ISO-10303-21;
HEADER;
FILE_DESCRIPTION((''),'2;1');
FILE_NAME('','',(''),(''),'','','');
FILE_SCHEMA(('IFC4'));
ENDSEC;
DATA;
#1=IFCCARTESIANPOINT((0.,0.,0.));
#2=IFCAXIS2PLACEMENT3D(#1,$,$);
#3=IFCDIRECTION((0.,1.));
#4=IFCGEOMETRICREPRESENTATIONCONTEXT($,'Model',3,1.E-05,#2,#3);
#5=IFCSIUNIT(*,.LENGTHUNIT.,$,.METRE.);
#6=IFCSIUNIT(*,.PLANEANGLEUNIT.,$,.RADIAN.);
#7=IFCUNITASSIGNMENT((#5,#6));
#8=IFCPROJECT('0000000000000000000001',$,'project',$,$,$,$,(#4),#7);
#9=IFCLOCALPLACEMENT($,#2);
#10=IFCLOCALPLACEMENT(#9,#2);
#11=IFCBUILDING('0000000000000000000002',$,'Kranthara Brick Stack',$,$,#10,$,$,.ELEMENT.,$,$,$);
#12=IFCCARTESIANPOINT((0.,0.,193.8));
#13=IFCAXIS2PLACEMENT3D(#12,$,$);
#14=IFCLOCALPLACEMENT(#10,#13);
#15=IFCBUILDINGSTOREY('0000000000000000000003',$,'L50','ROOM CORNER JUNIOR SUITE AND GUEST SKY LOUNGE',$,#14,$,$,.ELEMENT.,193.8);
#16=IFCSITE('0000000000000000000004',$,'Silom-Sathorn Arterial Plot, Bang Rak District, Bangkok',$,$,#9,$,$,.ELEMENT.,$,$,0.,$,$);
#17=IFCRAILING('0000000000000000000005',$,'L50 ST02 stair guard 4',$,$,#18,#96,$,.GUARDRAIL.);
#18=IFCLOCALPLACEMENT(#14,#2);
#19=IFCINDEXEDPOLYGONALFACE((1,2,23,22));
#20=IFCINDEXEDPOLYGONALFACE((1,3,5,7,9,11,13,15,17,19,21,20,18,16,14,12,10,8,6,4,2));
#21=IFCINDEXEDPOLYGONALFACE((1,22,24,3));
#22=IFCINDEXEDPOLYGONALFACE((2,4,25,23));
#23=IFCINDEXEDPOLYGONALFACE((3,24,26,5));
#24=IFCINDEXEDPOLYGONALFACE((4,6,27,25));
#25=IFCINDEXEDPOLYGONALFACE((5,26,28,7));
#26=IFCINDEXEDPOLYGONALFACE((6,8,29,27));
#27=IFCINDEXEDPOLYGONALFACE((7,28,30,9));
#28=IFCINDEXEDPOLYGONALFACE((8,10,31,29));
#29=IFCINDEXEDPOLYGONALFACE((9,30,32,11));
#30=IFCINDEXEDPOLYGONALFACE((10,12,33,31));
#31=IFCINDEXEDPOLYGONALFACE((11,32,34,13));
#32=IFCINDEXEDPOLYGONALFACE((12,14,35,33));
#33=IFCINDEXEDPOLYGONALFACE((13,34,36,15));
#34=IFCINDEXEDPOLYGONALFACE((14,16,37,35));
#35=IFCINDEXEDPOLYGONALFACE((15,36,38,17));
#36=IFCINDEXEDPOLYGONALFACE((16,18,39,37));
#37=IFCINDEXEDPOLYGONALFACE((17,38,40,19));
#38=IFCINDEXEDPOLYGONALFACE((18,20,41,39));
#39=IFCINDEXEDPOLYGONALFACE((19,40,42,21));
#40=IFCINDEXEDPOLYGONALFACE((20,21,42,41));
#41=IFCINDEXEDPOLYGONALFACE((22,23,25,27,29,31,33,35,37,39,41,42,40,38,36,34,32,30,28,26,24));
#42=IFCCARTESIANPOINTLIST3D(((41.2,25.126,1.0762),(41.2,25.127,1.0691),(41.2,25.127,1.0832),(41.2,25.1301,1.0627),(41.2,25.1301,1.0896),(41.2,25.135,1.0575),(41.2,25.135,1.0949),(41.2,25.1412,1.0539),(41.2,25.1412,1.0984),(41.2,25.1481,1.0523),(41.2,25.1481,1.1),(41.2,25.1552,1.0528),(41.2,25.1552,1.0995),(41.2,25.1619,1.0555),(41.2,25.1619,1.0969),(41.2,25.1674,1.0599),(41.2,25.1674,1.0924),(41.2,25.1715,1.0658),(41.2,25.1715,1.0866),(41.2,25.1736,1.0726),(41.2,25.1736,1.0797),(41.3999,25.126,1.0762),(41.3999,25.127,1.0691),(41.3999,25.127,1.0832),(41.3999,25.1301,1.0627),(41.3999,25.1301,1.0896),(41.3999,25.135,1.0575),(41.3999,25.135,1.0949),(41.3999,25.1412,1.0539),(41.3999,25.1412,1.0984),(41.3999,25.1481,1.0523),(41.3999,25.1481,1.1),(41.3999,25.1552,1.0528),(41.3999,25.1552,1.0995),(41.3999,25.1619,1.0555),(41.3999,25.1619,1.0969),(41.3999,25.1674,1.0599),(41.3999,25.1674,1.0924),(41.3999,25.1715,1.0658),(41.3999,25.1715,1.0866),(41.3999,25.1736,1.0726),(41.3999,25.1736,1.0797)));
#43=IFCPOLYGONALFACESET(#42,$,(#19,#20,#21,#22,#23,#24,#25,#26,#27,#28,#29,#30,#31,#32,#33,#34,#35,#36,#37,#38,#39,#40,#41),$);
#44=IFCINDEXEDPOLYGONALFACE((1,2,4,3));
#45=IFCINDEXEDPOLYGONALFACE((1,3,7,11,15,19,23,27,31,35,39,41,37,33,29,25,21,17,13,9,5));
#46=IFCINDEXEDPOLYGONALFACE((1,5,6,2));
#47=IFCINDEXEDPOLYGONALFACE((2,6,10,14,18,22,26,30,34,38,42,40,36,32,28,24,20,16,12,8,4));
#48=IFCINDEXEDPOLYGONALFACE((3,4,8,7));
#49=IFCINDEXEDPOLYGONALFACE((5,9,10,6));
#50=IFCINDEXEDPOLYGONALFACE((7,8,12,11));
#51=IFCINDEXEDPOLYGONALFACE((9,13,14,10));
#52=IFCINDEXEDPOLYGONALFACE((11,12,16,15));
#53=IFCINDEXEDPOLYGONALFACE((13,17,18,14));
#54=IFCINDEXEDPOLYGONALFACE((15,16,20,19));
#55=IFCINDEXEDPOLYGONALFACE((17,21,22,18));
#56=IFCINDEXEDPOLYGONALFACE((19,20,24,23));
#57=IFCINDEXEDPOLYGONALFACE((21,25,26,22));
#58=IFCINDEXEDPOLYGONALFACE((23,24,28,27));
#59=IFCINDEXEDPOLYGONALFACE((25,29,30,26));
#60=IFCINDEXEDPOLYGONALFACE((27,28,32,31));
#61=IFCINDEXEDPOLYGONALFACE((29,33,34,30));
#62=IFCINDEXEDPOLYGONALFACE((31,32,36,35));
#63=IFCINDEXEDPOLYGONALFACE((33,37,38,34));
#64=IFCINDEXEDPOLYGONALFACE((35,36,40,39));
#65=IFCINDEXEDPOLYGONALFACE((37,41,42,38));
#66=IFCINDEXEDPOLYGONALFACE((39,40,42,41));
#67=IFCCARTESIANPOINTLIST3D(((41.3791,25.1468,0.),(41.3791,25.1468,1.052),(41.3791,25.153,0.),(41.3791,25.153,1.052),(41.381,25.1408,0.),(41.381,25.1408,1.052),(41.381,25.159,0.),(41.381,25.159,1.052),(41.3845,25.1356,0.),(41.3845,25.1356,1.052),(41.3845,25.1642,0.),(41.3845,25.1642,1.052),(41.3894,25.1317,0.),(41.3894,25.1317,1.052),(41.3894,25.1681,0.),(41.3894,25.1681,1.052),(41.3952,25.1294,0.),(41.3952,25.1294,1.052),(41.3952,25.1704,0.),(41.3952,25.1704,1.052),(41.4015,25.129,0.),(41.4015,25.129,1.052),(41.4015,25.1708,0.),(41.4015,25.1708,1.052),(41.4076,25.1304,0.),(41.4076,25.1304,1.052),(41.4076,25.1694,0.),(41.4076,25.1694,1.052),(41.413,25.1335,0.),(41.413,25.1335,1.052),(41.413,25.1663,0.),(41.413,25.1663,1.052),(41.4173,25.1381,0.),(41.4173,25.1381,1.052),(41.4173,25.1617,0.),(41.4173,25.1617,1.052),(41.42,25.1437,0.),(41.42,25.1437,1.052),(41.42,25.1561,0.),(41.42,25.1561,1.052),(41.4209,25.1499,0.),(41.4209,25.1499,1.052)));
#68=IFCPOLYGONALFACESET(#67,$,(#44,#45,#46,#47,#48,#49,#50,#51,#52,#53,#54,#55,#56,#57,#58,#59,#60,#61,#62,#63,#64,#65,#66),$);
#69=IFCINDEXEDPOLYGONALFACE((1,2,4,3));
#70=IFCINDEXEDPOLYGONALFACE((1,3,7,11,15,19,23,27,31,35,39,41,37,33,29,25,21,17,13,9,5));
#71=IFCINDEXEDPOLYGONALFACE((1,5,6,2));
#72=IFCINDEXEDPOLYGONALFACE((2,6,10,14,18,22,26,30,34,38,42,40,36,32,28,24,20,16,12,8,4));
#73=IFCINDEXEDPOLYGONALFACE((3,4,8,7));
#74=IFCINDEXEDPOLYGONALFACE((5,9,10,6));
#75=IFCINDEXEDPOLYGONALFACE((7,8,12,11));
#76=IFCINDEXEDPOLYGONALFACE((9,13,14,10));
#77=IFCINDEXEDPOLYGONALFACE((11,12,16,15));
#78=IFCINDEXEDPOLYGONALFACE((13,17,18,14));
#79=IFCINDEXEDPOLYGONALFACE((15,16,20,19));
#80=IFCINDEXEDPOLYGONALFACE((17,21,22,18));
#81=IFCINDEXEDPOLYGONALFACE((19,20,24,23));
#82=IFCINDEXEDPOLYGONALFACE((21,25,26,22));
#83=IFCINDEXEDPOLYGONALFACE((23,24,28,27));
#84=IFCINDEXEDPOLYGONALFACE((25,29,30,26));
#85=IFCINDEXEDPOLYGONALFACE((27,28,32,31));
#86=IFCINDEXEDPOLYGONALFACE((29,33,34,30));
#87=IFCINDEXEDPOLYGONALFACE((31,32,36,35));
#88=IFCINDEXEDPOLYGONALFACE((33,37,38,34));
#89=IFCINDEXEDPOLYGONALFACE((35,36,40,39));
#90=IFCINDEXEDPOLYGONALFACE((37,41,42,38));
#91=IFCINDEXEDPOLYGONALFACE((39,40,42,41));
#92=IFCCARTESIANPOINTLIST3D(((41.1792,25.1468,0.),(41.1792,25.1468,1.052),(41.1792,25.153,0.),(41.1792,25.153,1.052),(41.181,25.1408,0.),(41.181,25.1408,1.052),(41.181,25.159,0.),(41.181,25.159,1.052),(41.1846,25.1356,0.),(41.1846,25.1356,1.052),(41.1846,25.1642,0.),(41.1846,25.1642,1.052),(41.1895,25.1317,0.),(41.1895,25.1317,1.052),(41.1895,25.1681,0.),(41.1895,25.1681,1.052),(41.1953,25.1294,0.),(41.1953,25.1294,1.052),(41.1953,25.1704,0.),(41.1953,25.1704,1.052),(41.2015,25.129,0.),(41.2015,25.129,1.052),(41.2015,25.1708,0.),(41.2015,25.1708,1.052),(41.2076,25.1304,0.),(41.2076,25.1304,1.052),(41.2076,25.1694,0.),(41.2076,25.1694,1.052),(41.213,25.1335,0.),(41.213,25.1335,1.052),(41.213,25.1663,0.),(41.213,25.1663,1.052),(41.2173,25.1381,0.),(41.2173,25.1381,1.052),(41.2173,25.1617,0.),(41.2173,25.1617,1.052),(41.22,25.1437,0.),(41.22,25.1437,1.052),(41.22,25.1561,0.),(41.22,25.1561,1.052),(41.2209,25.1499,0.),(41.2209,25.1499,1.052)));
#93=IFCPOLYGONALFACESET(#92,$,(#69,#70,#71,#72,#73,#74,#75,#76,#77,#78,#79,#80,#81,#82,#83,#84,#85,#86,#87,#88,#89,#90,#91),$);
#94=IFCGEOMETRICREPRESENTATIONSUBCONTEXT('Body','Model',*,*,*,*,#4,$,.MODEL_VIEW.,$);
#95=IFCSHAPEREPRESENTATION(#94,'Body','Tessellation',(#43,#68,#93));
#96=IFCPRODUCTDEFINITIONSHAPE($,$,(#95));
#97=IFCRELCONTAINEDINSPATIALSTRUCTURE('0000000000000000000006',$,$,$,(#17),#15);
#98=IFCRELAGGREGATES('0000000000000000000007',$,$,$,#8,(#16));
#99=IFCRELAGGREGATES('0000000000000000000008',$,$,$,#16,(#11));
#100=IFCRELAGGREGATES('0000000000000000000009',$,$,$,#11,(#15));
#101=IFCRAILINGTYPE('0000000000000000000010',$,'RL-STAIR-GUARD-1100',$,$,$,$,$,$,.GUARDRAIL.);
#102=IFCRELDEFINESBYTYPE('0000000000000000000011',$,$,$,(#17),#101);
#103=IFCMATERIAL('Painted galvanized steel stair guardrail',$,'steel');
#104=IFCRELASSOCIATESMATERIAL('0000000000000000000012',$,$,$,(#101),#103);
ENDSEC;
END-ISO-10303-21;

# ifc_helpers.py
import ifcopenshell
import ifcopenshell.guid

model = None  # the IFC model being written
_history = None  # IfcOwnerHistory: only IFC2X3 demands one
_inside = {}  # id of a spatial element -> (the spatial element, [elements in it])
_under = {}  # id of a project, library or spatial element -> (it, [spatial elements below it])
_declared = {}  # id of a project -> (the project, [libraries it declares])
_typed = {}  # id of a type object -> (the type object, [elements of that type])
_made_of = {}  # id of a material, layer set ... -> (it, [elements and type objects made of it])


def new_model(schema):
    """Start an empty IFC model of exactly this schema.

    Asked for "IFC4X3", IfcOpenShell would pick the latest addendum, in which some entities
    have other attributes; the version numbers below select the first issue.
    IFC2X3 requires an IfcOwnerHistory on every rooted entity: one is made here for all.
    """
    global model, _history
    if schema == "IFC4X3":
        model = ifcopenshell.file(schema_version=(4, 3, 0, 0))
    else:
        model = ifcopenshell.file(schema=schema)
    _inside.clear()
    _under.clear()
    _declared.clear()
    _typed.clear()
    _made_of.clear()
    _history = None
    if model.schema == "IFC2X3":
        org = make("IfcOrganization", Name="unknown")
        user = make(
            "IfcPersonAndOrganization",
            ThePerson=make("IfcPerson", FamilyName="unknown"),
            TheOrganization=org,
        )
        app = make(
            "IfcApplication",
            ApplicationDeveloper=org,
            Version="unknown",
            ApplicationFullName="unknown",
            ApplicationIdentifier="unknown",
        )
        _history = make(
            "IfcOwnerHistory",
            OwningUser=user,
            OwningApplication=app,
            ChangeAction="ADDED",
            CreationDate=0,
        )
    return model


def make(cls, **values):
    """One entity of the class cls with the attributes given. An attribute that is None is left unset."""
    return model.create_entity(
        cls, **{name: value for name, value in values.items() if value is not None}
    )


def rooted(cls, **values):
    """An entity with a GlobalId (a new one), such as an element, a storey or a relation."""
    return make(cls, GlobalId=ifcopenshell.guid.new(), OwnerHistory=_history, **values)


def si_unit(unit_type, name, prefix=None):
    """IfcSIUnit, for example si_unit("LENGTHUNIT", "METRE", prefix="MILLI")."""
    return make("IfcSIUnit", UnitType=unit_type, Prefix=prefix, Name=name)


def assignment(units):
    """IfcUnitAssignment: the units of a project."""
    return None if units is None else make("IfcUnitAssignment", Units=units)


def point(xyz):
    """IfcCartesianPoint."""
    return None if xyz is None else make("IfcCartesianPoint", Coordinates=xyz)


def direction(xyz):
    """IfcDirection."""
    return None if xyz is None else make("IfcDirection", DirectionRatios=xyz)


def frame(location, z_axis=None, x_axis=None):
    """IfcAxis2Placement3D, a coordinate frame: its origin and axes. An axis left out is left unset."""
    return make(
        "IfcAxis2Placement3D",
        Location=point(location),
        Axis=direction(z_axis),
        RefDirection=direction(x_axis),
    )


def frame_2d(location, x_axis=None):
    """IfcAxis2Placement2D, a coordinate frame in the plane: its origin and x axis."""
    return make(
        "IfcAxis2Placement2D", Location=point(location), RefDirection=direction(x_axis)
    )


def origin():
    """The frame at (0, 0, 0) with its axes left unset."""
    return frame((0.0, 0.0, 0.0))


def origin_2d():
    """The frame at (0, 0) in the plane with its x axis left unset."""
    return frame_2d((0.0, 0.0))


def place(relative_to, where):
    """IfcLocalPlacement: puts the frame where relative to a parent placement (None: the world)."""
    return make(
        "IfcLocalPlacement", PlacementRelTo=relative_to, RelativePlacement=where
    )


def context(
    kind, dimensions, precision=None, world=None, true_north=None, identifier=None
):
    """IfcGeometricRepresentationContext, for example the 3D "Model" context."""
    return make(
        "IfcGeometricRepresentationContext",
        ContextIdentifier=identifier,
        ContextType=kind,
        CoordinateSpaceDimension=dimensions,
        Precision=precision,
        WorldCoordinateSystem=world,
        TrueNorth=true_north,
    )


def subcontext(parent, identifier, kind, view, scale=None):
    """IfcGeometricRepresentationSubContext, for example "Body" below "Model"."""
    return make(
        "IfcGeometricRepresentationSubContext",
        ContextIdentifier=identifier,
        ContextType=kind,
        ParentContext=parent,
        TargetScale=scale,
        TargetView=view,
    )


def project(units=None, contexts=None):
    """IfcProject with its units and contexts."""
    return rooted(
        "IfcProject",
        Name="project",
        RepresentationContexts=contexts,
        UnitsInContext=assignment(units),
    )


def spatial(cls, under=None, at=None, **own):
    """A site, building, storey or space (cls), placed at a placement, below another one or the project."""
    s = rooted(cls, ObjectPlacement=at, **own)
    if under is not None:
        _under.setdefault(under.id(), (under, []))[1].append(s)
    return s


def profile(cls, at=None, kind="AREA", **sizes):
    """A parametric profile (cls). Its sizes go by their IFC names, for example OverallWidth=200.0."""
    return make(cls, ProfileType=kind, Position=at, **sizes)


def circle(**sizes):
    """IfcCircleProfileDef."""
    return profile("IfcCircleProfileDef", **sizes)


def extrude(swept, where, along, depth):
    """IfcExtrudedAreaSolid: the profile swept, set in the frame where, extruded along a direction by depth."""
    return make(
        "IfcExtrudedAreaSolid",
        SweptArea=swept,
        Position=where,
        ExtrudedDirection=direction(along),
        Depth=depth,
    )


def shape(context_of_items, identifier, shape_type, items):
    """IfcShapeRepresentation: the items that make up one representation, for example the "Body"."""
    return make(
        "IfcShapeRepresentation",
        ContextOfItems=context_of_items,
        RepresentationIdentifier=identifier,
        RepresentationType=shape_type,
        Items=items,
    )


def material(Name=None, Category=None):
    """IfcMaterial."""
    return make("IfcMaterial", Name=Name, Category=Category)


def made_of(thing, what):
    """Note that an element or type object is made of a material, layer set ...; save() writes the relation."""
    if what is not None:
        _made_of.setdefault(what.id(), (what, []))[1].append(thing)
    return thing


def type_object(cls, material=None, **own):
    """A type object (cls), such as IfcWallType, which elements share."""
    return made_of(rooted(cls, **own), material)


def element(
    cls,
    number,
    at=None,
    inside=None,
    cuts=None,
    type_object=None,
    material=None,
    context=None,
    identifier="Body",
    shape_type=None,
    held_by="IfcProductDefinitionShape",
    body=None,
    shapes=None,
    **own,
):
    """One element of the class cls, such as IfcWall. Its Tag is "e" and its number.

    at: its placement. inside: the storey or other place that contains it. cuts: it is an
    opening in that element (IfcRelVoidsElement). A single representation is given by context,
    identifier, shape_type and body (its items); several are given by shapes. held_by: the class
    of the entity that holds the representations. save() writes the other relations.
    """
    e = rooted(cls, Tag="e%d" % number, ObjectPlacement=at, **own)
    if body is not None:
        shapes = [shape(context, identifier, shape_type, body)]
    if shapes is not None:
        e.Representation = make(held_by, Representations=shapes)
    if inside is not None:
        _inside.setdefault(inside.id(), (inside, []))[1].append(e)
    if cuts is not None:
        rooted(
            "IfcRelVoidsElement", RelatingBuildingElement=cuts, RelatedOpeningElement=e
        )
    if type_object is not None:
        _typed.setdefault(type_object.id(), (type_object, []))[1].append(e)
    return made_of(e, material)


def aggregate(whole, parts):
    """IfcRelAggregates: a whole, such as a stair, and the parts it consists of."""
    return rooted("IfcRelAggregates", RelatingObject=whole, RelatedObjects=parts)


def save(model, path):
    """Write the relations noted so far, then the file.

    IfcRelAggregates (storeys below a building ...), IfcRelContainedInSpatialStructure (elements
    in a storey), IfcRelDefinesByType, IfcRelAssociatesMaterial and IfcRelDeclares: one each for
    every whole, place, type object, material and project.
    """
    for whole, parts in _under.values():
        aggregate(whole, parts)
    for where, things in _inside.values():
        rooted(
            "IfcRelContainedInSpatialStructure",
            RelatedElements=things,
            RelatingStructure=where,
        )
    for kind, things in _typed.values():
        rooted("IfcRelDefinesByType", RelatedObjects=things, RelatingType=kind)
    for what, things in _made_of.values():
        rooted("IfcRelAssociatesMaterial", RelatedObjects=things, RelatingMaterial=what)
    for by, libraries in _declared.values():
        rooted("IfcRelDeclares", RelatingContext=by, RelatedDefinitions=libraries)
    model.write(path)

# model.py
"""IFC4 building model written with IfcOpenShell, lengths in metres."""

from ifc_helpers import new_model, si_unit, direction, frame, origin, origin_2d, place, context, subcontext, project, spatial, circle, extrude, material, type_object, element, save


model = new_model("IFC4")

# Units and contexts
model_context = context("Model", 3, precision=1e-05, world=origin(), true_north=direction((0.0, 1.0)))
body_context = subcontext(model_context, "Body", "Model", "MODEL_VIEW")
ifc_project = project(units=[si_unit("LENGTHUNIT", "METRE"), si_unit("PLANEANGLEUNIT", "RADIAN")], contexts=[model_context])

# Site, building, storey
site_placement = place(None, origin())
site = spatial("IfcSite", under=ifc_project, at=site_placement, Name="Silom-Sathorn Arterial Plot, Bang Rak District, Bangkok", CompositionType="ELEMENT", RefElevation=0.0)
building_placement = place(site_placement, origin())
building = spatial("IfcBuilding", under=site, at=building_placement, Name="Kranthara Brick Stack", CompositionType="ELEMENT")
storey_placement = place(building_placement, frame((0.0, 0.0, 193.8)))
storey = spatial("IfcBuildingStorey", under=building, at=storey_placement, Name="L50", Description="ROOM CORNER JUNIOR SUITE AND GUEST SKY LOUNGE", CompositionType="ELEMENT", Elevation=193.8)

# Railing
ifc_material_1 = material(Name="Painted galvanized steel stair guardrail", Category="steel")
railing_type_1 = type_object("IfcRailingType", Name="RL-STAIR-GUARD-1100", PredefinedType="GUARDRAIL", material=ifc_material_1)
railing_1_placement = place(storey_placement, frame((41.3999, 25.1499, 0.0)))
element("IfcRailing", 1, at=railing_1_placement, inside=storey, type_object=railing_type_1, Name="L50 ST02 stair guard 4", PredefinedType="GUARDRAIL", context=body_context, shape_type="SweptSolid", body=[
    extrude(circle(Radius=0.0239, at=origin_2d()), frame((0.0, 0.0, 1.0762), z_axis=(-1.0, 0.0, 0.0), x_axis=(0.0, -1.0, 0.0)), (0.0, 0.0, 1.0), 0.2),
    extrude(circle(Radius=0.021, at=origin_2d()), origin(), (0.0, 0.0, 1.0), 1.052),
    extrude(circle(Radius=0.021, at=origin_2d()), frame((-0.2, 0.0, 0.0)), (0.0, 0.0, 1.0), 1.052),
])

save(model, "model.ifc")
